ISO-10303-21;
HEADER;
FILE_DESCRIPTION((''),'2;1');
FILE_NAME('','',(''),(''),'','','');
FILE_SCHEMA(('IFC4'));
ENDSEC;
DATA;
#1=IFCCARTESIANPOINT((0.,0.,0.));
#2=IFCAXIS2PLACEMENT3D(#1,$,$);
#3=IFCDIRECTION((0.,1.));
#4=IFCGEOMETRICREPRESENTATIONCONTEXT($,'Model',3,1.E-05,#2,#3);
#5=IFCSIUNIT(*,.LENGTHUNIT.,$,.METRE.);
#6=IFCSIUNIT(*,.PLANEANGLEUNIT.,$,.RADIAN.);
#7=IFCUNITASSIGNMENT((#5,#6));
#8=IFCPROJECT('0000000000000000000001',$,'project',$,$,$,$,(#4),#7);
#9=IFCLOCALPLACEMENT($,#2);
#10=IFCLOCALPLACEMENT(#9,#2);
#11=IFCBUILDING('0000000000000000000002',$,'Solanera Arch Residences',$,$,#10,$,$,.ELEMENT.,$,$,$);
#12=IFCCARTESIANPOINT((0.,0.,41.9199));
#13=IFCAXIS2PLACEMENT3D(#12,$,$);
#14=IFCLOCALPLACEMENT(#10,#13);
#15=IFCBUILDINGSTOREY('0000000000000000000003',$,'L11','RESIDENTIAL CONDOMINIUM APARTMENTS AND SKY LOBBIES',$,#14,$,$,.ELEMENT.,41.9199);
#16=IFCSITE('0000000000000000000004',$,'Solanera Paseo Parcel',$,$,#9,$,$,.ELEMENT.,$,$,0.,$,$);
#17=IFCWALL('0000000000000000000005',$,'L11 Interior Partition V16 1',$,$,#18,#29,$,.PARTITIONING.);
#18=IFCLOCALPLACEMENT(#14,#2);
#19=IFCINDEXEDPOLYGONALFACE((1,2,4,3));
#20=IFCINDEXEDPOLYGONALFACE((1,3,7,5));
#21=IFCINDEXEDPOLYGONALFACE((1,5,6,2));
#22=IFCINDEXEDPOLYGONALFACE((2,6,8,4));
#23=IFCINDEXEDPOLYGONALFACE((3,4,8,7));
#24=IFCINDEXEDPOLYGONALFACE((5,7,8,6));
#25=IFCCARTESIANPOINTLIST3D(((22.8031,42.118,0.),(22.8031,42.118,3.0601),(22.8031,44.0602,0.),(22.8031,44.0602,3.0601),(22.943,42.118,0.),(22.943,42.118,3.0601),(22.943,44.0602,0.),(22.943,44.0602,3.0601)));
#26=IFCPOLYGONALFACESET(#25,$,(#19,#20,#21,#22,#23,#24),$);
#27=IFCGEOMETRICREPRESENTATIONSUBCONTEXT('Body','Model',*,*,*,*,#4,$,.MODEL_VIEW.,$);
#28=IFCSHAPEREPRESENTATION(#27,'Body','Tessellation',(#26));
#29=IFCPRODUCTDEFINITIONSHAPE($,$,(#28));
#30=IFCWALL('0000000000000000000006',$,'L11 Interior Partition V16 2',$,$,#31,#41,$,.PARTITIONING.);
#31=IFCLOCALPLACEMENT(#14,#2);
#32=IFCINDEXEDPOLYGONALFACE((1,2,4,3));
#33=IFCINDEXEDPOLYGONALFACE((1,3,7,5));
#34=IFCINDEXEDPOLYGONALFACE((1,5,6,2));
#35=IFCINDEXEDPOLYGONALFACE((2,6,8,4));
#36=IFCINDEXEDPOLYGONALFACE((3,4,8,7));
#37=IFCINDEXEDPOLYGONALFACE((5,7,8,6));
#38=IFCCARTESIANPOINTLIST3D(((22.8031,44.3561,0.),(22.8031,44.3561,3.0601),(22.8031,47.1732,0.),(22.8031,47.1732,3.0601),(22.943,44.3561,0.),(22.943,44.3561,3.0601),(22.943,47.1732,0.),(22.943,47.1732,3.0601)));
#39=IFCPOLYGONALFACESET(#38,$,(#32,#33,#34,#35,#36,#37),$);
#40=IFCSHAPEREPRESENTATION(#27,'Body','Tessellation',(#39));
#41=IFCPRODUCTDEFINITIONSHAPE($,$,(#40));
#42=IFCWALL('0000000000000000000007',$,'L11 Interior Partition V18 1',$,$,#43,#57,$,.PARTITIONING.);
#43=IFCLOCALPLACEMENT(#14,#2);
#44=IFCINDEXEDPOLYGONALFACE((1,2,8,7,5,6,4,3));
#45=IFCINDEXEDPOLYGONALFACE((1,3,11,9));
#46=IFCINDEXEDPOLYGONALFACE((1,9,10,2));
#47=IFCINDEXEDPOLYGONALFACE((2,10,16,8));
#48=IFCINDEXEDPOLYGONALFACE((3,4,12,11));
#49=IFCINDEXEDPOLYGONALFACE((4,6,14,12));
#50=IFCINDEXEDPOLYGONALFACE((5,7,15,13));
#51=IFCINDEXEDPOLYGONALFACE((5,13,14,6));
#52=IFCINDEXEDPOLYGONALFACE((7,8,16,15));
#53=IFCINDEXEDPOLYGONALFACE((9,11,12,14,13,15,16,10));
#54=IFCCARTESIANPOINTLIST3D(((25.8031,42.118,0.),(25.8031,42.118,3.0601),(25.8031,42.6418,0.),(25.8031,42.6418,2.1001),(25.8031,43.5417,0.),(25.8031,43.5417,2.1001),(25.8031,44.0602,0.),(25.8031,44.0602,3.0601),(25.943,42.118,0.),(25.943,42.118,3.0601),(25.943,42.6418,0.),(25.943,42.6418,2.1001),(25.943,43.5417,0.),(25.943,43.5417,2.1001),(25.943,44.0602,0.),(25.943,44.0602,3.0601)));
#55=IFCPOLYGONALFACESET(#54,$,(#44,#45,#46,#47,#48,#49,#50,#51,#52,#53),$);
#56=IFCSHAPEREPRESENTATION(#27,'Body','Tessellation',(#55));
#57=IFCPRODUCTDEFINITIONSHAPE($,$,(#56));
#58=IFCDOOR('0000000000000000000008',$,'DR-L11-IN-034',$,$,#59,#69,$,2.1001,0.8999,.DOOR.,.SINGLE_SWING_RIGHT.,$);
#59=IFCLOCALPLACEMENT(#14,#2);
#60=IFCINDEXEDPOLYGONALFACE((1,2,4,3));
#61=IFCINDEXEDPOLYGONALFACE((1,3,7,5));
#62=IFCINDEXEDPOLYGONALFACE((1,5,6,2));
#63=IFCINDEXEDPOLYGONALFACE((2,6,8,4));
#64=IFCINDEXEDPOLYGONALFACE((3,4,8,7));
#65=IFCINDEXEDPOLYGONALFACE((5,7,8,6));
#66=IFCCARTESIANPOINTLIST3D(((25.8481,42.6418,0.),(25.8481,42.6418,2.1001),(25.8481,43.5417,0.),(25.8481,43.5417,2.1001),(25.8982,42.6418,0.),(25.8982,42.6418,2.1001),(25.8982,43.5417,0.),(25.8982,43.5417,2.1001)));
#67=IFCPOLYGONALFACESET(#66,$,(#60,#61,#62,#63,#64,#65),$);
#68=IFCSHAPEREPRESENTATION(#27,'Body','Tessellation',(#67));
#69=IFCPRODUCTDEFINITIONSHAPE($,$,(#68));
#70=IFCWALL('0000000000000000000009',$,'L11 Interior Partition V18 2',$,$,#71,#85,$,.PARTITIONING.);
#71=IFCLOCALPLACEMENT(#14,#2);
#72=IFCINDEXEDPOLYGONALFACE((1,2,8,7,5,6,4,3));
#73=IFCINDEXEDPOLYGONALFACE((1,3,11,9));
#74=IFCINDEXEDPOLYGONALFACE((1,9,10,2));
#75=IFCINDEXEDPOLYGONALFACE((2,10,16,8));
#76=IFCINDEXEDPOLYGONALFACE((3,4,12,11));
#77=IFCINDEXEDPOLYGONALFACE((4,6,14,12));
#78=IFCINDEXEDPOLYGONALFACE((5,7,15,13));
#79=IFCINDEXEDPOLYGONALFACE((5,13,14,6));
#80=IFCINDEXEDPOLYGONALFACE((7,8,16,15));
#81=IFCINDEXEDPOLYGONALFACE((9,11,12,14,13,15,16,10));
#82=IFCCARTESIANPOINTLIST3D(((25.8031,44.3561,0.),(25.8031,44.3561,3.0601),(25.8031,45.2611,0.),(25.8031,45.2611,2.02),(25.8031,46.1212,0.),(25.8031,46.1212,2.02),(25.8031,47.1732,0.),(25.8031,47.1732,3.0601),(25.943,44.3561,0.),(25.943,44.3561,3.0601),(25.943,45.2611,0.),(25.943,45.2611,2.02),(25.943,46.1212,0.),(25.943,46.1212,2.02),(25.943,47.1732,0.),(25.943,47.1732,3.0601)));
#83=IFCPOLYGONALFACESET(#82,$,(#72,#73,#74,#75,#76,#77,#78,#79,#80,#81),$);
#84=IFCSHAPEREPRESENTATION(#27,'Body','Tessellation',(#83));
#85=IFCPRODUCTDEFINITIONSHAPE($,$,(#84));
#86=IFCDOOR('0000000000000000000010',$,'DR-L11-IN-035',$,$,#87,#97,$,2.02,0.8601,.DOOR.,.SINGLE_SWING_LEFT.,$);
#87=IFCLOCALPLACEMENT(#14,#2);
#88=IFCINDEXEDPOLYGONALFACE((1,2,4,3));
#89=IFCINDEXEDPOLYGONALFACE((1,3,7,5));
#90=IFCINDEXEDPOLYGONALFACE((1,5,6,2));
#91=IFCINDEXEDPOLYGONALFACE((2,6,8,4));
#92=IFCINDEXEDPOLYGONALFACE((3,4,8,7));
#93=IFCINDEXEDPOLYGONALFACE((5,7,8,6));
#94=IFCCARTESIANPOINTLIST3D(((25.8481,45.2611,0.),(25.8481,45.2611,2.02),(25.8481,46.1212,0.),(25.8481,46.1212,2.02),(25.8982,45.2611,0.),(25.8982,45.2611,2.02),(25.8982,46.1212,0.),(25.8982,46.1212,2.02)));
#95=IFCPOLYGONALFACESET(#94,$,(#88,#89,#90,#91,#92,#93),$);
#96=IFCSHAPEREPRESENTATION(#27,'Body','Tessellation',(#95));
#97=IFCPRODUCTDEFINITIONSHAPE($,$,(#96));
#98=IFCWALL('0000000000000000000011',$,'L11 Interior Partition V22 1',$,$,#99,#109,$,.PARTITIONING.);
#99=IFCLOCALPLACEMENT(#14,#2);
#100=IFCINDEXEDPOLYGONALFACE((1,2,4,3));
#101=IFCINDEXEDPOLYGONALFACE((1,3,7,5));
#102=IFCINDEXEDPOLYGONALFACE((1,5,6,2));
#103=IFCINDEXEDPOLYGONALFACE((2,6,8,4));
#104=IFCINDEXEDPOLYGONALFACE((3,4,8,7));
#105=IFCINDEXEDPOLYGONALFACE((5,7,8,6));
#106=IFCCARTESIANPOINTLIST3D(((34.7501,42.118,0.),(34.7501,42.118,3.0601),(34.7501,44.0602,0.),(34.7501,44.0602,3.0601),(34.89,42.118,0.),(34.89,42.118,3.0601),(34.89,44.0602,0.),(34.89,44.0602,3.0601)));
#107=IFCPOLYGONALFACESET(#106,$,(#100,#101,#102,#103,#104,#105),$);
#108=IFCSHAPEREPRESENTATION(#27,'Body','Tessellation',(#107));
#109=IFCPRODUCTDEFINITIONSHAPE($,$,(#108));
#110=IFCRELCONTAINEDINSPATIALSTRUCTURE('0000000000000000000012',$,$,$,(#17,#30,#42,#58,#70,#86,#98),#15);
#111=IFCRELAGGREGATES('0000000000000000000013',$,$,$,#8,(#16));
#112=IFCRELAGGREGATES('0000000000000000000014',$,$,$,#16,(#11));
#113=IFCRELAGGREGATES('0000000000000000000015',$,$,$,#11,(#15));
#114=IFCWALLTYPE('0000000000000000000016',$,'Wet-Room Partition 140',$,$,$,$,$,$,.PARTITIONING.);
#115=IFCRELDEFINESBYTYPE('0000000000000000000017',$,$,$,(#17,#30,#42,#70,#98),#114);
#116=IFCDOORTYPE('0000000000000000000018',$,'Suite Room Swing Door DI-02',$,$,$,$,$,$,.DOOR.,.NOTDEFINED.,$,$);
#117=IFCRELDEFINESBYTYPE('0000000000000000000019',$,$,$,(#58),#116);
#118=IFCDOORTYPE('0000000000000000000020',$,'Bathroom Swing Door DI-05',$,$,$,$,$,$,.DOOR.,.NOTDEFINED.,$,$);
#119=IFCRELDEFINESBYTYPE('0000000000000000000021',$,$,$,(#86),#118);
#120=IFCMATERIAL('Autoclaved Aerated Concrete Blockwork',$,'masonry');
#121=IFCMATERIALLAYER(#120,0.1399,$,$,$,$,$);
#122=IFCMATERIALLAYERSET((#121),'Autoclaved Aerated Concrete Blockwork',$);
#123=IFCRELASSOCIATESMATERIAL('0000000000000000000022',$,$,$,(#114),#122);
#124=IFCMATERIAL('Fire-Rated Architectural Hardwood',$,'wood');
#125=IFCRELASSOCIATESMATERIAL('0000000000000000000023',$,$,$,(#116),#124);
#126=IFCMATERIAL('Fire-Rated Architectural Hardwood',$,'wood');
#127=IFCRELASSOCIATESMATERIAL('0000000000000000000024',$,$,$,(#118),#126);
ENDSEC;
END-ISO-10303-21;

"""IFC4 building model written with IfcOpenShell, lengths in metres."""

from ifc_helpers import new_model, si_unit, direction, frame, frame_2d, origin, place, context, subcontext, project, spatial, rectangle, extrude, material, layer, layer_set, type_object, element, fill, save


model = new_model("IFC4")

# Units and contexts
model_context = context("Model", 3, precision=1e-05, world=origin(), true_north=direction((0.0, 1.0)))
body_context = subcontext(model_context, "Body", "Model", "MODEL_VIEW")
ifc_project = project(units=[si_unit("LENGTHUNIT", "METRE"), si_unit("PLANEANGLEUNIT", "RADIAN")], contexts=[model_context])

# Site, building, storey
site_placement = place(None, origin())
site = spatial("IfcSite", under=ifc_project, at=site_placement, Name="Solanera Paseo Parcel", CompositionType="ELEMENT", RefElevation=0.0)
building_placement = place(site_placement, origin())
building = spatial("IfcBuilding", under=site, at=building_placement, Name="Solanera Arch Residences", CompositionType="ELEMENT")
storey_placement = place(building_placement, frame((0.0, 0.0, 41.9199)))
storey = spatial("IfcBuildingStorey", under=building, at=storey_placement, Name="L11", Description="RESIDENTIAL CONDOMINIUM APARTMENTS AND SKY LOBBIES", CompositionType="ELEMENT", Elevation=41.9199)

# Walls
ifc_material_1 = material(Name="Autoclaved Aerated Concrete Blockwork", Category="masonry")
ifc_layer_1 = layer(ifc_material_1, 0.1399)
ifc_layer_set_1 = layer_set([ifc_layer_1], Name="Autoclaved Aerated Concrete Blockwork")
wall_type_1 = type_object("IfcWallType", Name="Wet-Room Partition 140", PredefinedType="PARTITIONING", material=ifc_layer_set_1)
wall_1_placement = place(storey_placement, frame((22.873, 42.1179, 0.0), z_axis=(0.0, 0.0, 1.0), x_axis=(0.0, 1.0, 0.0)))
element("IfcWall", 1, at=wall_1_placement, inside=storey, type_object=wall_type_1, Name="L11 Interior Partition V16 1", PredefinedType="PARTITIONING", context=body_context, shape_type="SweptSolid", body=[
    extrude(rectangle(XDim=1.9421, YDim=0.1399, at=frame_2d((0.9712, 0.0))), origin(), (0.0, 0.0, 1.0), 3.0601),
])
wall_2_placement = place(storey_placement, frame((22.873, 44.356, 0.0), z_axis=(0.0, 0.0, 1.0), x_axis=(0.0, 1.0, 0.0)))
element("IfcWall", 2, at=wall_2_placement, inside=storey, type_object=wall_type_1, Name="L11 Interior Partition V16 2", PredefinedType="PARTITIONING", context=body_context, shape_type="SweptSolid", body=[
    extrude(rectangle(XDim=2.8171, YDim=0.1399, at=frame_2d((1.4087, 0.0))), origin(), (0.0, 0.0, 1.0), 3.0601),
])

# Walls, openings, doors
wall_3_placement = place(storey_placement, frame((25.873, 42.1179, 0.0), z_axis=(0.0, 0.0, 1.0), x_axis=(0.0, 1.0, 0.0)))
wall_3 = element("IfcWall", 3, at=wall_3_placement, inside=storey, type_object=wall_type_1, Name="L11 Interior Partition V18 1", PredefinedType="PARTITIONING", context=body_context, shape_type="SweptSolid", body=[
    extrude(rectangle(XDim=1.9421, YDim=0.1399, at=frame_2d((0.9712, 0.0))), origin(), (0.0, 0.0, 1.0), 3.0601),
])
opening_1_placement = place(wall_3_placement, frame((0.5239, 0.0, 0.0)))
opening_1 = element("IfcOpeningElement", 4, at=opening_1_placement, cuts=wall_3, PredefinedType="OPENING", context=body_context, shape_type="SweptSolid", body=[
    extrude(rectangle(XDim=0.8999, YDim=2.1001, at=frame_2d((0.45, 1.05))), frame((0.0, 0.0798, 0.0), z_axis=(0.0, -1.0, 0.0), x_axis=(1.0, 0.0, 0.0)), (0.0, 0.0, 1.0), 0.1599),
])
ifc_material_2 = material(Name="Fire-Rated Architectural Hardwood", Category="wood")
door_type_1 = type_object("IfcDoorType", Name="Suite Room Swing Door DI-02", OperationType="NOTDEFINED", PredefinedType="DOOR", material=ifc_material_2)
door_1_placement = place(opening_1_placement, origin())
door_1 = element("IfcDoor", 5, at=door_1_placement, inside=storey, type_object=door_type_1, Name="DR-L11-IN-034", OperationType="SINGLE_SWING_RIGHT", OverallHeight=2.1001, OverallWidth=0.8999, PredefinedType="DOOR", context=body_context, shape_type="SweptSolid", body=[
    extrude(rectangle(XDim=0.8999, YDim=2.1001, at=frame_2d((0.45, 1.05))), frame((0.0, 0.0249, 0.0), z_axis=(0.0, -1.0, 0.0), x_axis=(1.0, 0.0, 0.0)), (0.0, 0.0, 1.0), 0.05),
])
fill(opening_1, door_1)
wall_4_placement = place(storey_placement, frame((25.873, 44.356, 0.0), z_axis=(0.0, 0.0, 1.0), x_axis=(0.0, 1.0, 0.0)))
wall_4 = element("IfcWall", 6, at=wall_4_placement, inside=storey, type_object=wall_type_1, Name="L11 Interior Partition V18 2", PredefinedType="PARTITIONING", context=body_context, shape_type="SweptSolid", body=[
    extrude(rectangle(XDim=2.8171, YDim=0.1399, at=frame_2d((1.4087, 0.0))), origin(), (0.0, 0.0, 1.0), 3.0601),
])
opening_2_placement = place(wall_4_placement, frame((0.905, 0.0, 0.0)))
opening_2 = element("IfcOpeningElement", 7, at=opening_2_placement, cuts=wall_4, PredefinedType="OPENING", context=body_context, shape_type="SweptSolid", body=[
    extrude(rectangle(XDim=0.8601, YDim=2.02, at=frame_2d((0.4302, 1.01))), frame((0.0, 0.0798, 0.0), z_axis=(0.0, -1.0, 0.0), x_axis=(1.0, 0.0, 0.0)), (0.0, 0.0, 1.0), 0.1599),
])
ifc_material_3 = material(Name="Fire-Rated Architectural Hardwood", Category="wood")
door_type_2 = type_object("IfcDoorType", Name="Bathroom Swing Door DI-05", OperationType="NOTDEFINED", PredefinedType="DOOR", material=ifc_material_3)
door_2_placement = place(opening_2_placement, origin())
door_2 = element("IfcDoor", 8, at=door_2_placement, inside=storey, type_object=door_type_2, Name="DR-L11-IN-035", OperationType="SINGLE_SWING_LEFT", OverallHeight=2.02, OverallWidth=0.8601, PredefinedType="DOOR", context=body_context, shape_type="SweptSolid", body=[
    extrude(rectangle(XDim=0.8601, YDim=2.02, at=frame_2d((0.4302, 1.01))), frame((0.0, 0.0249, 0.0), z_axis=(0.0, -1.0, 0.0), x_axis=(1.0, 0.0, 0.0)), (0.0, 0.0, 1.0), 0.05),
])
fill(opening_2, door_2)

# Wall
wall_5_placement = place(storey_placement, frame((34.8201, 42.1179, 0.0), z_axis=(0.0, 0.0, 1.0), x_axis=(0.0, 1.0, 0.0)))
element("IfcWall", 9, at=wall_5_placement, inside=storey, type_object=wall_type_1, Name="L11 Interior Partition V22 1", PredefinedType="PARTITIONING", context=body_context, shape_type="SweptSolid", body=[
    extrude(rectangle(XDim=1.9421, YDim=0.1399, at=frame_2d((0.9712, 0.0))), origin(), (0.0, 0.0, 1.0), 3.0601),
])

save(model, "model.ifc")
